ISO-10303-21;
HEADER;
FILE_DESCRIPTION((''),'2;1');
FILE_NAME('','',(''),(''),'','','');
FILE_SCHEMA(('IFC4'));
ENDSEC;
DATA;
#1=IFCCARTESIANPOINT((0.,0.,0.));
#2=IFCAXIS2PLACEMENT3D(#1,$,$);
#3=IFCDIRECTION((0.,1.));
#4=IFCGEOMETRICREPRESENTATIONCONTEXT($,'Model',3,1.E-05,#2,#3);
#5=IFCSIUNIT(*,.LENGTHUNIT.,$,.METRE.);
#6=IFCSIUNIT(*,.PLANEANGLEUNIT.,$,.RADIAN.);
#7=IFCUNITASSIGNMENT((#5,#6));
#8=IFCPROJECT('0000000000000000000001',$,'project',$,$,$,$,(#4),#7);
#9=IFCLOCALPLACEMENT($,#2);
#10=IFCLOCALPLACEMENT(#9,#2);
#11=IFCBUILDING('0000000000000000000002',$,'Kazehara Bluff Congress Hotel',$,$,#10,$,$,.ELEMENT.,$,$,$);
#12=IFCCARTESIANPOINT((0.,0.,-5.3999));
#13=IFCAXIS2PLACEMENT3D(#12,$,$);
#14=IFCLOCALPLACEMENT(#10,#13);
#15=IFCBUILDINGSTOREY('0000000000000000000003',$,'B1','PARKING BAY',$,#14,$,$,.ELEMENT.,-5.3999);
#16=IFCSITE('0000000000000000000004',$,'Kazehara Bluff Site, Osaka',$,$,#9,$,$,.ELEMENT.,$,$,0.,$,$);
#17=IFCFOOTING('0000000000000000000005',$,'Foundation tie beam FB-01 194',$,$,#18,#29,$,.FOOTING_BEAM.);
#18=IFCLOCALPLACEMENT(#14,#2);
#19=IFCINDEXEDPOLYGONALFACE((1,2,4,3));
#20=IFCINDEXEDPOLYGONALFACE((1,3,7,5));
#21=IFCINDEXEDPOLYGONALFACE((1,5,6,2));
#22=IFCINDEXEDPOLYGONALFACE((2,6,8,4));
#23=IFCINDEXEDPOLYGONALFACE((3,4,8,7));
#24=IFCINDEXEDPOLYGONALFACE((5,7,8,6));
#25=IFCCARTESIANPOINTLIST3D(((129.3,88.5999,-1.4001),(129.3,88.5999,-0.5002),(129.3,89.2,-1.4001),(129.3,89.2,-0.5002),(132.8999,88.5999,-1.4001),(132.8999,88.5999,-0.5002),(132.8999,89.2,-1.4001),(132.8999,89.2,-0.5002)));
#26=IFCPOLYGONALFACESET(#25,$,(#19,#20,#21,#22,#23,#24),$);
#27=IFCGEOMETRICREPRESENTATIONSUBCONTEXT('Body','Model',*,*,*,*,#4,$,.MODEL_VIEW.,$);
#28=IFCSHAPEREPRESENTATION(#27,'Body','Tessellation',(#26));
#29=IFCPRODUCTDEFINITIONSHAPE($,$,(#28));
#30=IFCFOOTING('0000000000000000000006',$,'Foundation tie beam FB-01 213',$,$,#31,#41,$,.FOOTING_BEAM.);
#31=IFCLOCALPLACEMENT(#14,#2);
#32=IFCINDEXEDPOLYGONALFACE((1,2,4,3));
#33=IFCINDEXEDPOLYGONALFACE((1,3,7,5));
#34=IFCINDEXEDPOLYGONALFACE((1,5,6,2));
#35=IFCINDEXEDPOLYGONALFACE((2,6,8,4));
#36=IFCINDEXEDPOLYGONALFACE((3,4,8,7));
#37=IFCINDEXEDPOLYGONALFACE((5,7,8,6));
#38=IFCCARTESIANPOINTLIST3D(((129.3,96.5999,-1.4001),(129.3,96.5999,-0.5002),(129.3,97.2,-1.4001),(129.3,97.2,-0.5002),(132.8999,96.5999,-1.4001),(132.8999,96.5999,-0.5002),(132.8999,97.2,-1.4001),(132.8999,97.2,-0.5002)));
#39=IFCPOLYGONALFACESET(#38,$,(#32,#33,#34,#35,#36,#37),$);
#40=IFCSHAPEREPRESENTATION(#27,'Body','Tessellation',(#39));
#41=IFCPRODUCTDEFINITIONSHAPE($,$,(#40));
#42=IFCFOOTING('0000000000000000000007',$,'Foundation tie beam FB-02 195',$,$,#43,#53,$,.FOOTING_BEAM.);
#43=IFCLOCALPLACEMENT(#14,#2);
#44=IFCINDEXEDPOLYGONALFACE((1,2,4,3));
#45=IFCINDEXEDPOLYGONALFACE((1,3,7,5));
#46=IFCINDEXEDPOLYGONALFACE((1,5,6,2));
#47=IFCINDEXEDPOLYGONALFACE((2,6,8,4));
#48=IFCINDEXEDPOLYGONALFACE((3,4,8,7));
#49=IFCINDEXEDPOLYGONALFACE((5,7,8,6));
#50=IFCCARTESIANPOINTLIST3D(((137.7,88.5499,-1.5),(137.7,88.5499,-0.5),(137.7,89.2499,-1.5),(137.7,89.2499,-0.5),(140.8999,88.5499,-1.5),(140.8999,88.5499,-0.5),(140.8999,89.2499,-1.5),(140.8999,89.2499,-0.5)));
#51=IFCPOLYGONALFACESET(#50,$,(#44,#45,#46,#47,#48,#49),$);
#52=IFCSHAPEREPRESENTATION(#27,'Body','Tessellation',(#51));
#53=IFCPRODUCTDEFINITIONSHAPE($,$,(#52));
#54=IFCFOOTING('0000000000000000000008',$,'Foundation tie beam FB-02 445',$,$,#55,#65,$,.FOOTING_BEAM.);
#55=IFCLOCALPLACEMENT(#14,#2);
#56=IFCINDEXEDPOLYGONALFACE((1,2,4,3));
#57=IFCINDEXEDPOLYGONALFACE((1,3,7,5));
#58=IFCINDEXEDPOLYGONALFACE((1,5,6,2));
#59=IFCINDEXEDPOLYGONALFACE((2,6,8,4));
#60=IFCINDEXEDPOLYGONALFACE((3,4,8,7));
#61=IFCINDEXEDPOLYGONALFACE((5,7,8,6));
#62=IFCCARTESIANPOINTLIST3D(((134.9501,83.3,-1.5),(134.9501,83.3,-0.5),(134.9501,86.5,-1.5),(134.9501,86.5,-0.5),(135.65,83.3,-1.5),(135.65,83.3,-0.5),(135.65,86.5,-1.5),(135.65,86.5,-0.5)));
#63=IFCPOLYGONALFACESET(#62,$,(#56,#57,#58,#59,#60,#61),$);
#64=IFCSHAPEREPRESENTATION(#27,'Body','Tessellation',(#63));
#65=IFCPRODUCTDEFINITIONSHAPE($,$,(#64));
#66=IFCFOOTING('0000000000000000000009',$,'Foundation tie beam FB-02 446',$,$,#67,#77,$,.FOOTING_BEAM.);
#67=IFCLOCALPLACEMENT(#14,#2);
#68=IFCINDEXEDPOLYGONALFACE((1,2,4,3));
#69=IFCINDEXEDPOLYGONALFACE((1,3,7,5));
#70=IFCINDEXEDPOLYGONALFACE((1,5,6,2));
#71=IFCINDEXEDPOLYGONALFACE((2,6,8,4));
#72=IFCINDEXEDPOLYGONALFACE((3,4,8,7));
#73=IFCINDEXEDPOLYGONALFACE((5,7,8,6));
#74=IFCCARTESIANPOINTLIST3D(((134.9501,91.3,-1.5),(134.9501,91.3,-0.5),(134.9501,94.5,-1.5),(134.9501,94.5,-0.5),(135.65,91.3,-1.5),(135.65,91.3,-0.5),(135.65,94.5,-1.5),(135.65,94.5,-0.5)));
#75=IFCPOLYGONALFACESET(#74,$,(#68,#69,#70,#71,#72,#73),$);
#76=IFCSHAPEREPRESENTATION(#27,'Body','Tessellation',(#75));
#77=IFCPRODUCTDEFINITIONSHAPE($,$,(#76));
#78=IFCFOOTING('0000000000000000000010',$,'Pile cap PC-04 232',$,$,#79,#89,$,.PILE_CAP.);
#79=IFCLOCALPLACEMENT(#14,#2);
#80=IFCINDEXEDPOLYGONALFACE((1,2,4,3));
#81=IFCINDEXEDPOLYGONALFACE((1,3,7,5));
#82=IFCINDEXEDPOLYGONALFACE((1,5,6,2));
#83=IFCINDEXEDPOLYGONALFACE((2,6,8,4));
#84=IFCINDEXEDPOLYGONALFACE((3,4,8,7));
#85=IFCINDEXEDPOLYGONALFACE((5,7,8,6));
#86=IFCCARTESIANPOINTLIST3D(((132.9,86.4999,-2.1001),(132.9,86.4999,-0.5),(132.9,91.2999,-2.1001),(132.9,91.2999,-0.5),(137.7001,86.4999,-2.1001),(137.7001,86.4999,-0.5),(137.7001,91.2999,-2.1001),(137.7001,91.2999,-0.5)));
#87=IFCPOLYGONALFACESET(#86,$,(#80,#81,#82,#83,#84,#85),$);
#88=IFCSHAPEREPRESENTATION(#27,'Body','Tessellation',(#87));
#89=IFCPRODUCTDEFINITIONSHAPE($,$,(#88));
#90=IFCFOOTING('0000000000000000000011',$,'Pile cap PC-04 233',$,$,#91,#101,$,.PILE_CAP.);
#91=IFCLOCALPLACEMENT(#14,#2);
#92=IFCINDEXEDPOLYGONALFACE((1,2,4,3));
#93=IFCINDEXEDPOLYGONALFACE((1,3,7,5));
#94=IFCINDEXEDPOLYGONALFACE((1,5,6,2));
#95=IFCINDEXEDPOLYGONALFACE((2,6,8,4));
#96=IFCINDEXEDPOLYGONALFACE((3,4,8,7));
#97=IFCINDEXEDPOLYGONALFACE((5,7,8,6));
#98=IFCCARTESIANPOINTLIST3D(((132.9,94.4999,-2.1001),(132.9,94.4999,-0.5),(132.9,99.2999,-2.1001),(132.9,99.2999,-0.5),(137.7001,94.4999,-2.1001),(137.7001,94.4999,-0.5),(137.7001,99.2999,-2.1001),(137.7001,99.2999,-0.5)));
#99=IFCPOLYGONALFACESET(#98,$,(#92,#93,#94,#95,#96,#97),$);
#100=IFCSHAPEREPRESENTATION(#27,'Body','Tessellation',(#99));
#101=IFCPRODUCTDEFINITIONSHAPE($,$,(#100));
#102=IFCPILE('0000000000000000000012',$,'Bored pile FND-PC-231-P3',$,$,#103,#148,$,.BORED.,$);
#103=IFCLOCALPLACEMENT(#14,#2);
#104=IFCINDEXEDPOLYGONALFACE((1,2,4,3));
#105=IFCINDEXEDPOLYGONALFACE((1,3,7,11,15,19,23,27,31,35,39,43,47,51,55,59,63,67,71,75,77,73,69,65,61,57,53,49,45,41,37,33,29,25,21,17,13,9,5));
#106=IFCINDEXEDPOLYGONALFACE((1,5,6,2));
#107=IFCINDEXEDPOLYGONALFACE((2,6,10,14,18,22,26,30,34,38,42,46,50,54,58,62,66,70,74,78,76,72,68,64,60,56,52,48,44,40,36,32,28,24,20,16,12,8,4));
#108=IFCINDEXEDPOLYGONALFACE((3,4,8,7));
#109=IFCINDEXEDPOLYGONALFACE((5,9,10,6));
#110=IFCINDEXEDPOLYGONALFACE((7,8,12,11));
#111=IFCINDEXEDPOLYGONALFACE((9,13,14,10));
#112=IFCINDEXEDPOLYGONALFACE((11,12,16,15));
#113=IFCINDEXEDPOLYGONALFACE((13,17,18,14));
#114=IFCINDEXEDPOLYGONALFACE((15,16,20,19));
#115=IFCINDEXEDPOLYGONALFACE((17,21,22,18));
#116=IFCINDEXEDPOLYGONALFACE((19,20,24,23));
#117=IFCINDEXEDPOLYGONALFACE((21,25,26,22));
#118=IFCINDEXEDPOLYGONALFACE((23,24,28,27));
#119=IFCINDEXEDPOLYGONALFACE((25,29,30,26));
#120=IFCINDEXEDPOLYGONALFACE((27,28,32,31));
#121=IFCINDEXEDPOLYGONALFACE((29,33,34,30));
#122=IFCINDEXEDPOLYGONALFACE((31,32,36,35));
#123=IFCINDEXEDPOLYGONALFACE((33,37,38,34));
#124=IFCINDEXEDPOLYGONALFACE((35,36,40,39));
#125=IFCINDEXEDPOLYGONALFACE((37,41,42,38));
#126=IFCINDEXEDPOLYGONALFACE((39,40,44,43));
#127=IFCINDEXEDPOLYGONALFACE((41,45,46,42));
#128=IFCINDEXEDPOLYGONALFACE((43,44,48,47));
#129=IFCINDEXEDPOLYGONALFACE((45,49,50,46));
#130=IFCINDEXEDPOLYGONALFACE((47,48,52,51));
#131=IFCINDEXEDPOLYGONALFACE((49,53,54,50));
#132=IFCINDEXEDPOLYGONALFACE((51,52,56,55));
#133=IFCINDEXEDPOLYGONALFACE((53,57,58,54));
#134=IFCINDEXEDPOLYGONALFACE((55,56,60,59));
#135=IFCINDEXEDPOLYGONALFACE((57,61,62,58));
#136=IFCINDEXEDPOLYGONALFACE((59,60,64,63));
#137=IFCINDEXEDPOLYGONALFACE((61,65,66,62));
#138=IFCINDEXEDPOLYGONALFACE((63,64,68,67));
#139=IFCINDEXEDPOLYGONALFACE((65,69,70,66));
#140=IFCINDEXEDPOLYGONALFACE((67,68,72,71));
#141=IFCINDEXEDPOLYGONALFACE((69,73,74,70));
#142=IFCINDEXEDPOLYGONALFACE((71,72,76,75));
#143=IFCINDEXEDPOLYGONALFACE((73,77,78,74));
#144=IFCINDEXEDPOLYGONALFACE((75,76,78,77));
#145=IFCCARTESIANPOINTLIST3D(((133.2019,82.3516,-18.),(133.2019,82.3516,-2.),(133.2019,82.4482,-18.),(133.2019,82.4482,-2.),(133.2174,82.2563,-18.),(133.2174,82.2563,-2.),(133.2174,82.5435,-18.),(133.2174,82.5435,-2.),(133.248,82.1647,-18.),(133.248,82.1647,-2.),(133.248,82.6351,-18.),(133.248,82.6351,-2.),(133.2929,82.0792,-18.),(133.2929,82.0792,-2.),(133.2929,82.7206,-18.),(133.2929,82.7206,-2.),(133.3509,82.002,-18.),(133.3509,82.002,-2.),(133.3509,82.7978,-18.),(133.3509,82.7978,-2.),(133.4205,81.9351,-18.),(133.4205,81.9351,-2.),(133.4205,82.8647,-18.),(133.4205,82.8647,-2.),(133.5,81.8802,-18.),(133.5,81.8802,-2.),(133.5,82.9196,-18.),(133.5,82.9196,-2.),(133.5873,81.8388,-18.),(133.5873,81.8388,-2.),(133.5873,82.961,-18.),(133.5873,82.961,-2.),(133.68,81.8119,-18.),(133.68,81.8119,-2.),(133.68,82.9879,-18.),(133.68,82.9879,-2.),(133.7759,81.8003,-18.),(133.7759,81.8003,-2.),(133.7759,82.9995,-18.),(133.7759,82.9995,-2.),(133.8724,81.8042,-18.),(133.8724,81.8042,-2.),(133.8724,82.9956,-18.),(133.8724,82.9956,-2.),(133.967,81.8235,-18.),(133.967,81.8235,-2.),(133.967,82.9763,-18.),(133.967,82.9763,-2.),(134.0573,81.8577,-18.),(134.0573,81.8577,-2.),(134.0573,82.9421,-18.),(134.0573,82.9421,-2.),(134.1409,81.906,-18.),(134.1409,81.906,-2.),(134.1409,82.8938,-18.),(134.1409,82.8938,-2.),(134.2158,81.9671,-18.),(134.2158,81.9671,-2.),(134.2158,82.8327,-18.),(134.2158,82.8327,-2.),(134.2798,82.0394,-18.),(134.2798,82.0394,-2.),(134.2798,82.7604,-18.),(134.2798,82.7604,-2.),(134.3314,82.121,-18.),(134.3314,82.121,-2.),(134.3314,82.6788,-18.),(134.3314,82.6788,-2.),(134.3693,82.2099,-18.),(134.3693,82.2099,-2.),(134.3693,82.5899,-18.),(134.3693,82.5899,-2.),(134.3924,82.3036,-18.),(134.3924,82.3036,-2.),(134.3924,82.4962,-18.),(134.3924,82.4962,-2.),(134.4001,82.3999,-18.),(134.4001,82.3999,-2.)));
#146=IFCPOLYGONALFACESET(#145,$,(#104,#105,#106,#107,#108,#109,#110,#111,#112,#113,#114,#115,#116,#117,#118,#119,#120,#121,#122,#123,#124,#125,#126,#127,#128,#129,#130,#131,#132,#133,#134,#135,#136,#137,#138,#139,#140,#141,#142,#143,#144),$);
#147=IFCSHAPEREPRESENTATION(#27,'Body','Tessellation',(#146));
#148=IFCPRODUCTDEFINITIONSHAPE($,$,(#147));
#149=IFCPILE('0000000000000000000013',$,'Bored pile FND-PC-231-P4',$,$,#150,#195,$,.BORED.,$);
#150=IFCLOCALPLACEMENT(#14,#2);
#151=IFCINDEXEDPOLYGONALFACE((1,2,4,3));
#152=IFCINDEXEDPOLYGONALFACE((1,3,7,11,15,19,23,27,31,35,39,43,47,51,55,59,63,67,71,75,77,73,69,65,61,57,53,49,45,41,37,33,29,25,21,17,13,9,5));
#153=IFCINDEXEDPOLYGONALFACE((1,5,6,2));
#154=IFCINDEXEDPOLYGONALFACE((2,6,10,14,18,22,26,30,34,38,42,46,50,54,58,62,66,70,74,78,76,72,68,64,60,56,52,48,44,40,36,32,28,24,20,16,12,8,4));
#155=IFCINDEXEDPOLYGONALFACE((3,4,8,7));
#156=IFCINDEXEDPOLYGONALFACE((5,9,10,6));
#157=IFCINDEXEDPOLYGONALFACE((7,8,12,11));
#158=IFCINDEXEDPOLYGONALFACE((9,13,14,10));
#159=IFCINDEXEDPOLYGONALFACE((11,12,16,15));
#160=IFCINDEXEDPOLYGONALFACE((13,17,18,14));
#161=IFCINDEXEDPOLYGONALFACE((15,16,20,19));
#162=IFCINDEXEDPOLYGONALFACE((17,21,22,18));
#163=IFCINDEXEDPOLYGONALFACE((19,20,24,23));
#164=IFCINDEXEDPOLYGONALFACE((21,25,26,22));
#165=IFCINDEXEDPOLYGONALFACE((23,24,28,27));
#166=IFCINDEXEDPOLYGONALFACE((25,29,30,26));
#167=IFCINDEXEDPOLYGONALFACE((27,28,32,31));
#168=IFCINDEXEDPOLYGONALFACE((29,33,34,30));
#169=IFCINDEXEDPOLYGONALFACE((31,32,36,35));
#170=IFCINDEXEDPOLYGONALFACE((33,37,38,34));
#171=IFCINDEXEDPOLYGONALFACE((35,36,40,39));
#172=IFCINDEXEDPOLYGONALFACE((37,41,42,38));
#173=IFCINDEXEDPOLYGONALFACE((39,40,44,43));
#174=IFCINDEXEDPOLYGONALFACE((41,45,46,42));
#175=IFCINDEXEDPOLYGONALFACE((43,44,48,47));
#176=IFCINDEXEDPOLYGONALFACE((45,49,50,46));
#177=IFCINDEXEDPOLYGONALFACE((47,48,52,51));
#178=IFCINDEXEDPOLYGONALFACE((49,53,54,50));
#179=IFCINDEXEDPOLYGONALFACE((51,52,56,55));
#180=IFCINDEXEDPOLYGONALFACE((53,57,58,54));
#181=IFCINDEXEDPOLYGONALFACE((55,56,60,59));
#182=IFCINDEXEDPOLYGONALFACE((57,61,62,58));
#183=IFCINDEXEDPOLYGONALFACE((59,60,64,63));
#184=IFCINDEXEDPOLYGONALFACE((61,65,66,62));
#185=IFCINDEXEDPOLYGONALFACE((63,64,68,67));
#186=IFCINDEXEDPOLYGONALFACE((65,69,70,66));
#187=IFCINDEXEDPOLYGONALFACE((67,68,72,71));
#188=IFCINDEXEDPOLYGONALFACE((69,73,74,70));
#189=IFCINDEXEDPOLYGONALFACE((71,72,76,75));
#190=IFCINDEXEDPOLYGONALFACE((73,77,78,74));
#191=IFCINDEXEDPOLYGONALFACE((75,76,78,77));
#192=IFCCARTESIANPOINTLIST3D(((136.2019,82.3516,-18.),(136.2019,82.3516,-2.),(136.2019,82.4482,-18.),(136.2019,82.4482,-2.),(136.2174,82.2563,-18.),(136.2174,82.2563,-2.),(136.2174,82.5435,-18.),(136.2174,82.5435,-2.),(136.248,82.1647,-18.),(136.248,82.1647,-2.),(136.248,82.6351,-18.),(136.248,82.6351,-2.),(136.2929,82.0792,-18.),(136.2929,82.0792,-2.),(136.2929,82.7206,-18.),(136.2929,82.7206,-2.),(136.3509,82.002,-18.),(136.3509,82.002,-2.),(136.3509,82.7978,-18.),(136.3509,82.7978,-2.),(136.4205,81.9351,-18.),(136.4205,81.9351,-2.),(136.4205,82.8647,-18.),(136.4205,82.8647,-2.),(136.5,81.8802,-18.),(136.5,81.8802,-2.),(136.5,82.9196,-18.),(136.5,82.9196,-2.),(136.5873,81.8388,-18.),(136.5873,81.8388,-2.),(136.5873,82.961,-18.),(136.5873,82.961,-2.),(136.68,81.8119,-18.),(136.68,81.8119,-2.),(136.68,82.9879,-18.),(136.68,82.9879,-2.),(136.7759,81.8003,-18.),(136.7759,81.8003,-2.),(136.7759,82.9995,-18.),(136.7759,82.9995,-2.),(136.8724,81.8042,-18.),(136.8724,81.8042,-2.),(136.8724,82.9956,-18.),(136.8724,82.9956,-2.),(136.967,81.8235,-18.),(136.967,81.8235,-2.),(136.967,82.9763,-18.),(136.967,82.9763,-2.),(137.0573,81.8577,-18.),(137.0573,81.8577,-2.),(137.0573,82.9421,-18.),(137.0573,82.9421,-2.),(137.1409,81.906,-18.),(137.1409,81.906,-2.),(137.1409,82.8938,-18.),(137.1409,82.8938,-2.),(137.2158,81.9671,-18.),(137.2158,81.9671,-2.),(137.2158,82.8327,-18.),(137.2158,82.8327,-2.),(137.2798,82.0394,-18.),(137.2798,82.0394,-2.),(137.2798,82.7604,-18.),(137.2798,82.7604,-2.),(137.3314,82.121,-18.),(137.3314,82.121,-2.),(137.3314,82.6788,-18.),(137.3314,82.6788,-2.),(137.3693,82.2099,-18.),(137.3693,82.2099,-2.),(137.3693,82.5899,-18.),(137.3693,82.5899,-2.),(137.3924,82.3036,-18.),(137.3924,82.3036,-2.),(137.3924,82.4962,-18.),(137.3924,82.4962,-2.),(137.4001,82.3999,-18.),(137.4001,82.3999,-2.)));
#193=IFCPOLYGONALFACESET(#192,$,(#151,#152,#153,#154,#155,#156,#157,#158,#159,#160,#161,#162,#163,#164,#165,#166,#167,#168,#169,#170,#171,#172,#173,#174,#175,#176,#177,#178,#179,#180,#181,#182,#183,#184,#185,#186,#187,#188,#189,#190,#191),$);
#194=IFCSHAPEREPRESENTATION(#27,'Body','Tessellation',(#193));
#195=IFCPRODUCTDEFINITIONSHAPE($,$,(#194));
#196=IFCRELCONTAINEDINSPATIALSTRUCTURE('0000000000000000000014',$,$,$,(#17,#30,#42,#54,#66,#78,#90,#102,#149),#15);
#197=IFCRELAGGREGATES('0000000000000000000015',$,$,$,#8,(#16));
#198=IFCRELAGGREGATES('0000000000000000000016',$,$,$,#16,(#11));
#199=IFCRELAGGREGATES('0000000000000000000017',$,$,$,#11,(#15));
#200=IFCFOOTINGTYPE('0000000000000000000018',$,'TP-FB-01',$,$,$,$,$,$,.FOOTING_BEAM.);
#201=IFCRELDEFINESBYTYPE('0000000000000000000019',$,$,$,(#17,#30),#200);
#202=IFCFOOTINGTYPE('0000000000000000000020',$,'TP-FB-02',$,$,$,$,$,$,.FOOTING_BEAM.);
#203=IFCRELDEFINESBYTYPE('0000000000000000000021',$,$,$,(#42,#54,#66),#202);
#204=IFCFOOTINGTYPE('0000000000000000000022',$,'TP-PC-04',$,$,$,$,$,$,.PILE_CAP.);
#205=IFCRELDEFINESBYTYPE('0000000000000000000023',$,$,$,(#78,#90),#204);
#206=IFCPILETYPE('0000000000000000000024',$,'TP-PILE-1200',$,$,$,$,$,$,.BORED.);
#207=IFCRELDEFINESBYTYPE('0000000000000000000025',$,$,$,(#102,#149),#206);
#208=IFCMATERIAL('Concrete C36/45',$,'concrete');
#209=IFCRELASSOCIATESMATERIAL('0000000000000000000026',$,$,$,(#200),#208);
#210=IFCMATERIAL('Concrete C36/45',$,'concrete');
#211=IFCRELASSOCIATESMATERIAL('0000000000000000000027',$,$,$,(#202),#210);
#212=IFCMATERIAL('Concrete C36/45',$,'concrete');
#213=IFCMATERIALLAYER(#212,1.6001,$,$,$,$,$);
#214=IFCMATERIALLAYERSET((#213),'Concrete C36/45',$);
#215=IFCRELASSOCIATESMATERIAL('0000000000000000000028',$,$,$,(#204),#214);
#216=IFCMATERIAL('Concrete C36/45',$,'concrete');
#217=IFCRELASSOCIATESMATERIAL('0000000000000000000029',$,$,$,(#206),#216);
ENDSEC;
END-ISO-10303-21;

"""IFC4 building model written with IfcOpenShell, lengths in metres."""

from ifc_helpers import new_model, si_unit, direction, frame, origin, origin_2d, place, context, subcontext, project, spatial, rectangle, circle, extrude, material, layer, layer_set, material_profile, profile_set, type_object, element, save


model = new_model("IFC4")

# Units and contexts
model_context = context("Model", 3, precision=1e-05, world=origin(), true_north=direction((0.0, 1.0)))
body_context = subcontext(model_context, "Body", "Model", "MODEL_VIEW")
ifc_project = project(units=[si_unit("LENGTHUNIT", "METRE"), si_unit("PLANEANGLEUNIT", "RADIAN")], contexts=[model_context])

# Site, building, storey
site_placement = place(None, origin())
site = spatial("IfcSite", under=ifc_project, at=site_placement, Name="Kazehara Bluff Site, Osaka", CompositionType="ELEMENT", RefElevation=0.0)
building_placement = place(site_placement, origin())
building = spatial("IfcBuilding", under=site, at=building_placement, Name="Kazehara Bluff Congress Hotel", CompositionType="ELEMENT")
storey_placement = place(building_placement, frame((0.0, 0.0, -5.3999)))
storey = spatial("IfcBuildingStorey", under=building, at=storey_placement, Name="B1", Description="PARKING BAY", CompositionType="ELEMENT", Elevation=-5.3999)

# Footings
ifc_material_1 = material(Name="Concrete C36/45", Category="concrete")
ifc_material_profile_1 = material_profile(ifc_material_1, rectangle(XDim=0.6001, YDim=0.8999, at=origin_2d()))
ifc_profile_set_1 = profile_set([ifc_material_profile_1], Name="Concrete C36/45")
footing_type_1 = type_object("IfcFootingType", Name="TP-FB-01", PredefinedType="FOOTING_BEAM", material=ifc_profile_set_1)
for number, where, z_axis, x_axis, name in (
    (1, (129.3, 88.8999, -0.9502), (1.0, 0.0, 0.0), (0.0, 1.0, 0.0), "Foundation tie beam FB-01 194"),
    (2, (129.3, 96.8999, -0.9502), (1.0, 0.0, 0.0), (0.0, 1.0, 0.0), "Foundation tie beam FB-01 213"),
):
    element("IfcFooting", number, at=place(storey_placement, frame(where, z_axis=z_axis, x_axis=x_axis)), inside=storey, type_object=footing_type_1, Name=name, PredefinedType="FOOTING_BEAM", context=body_context, shape_type="SweptSolid", body=[
        extrude(rectangle(XDim=0.6001, YDim=0.8999, at=origin_2d()), origin(), (0.0, 0.0, 1.0), 3.5999),
    ])
ifc_material_2 = material(Name="Concrete C36/45", Category="concrete")
ifc_material_profile_2 = material_profile(ifc_material_2, rectangle(XDim=0.7, YDim=1.0, at=origin_2d()))
ifc_profile_set_2 = profile_set([ifc_material_profile_2], Name="Concrete C36/45")
footing_type_2 = type_object("IfcFootingType", Name="TP-FB-02", PredefinedType="FOOTING_BEAM", material=ifc_profile_set_2)
for number, where, z_axis, x_axis, name in (
    (3, (137.7, 88.8999, -1.0), (1.0, 0.0, 0.0), (0.0, 1.0, 0.0), "Foundation tie beam FB-02 195"),
    (4, (135.3, 83.3, -1.0), (0.0, 1.0, 0.0), (-1.0, 0.0, 0.0), "Foundation tie beam FB-02 445"),
    (5, (135.3, 91.3, -1.0), (0.0, 1.0, 0.0), (-1.0, 0.0, 0.0), "Foundation tie beam FB-02 446"),
):
    element("IfcFooting", number, at=place(storey_placement, frame(where, z_axis=z_axis, x_axis=x_axis)), inside=storey, type_object=footing_type_2, Name=name, PredefinedType="FOOTING_BEAM", context=body_context, shape_type="SweptSolid", body=[
        extrude(rectangle(XDim=0.7, YDim=1.0, at=origin_2d()), origin(), (0.0, 0.0, 1.0), 3.2),
    ])
ifc_material_3 = material(Name="Concrete C36/45", Category="concrete")
ifc_layer = layer(ifc_material_3, 1.6001)
ifc_layer_set = layer_set([ifc_layer], Name="Concrete C36/45")
footing_type_3 = type_object("IfcFootingType", Name="TP-PC-04", PredefinedType="PILE_CAP", material=ifc_layer_set)
for number, where, z_axis, x_axis, name in (
    (6, (135.3, 88.8999, -2.1001), (0.0, 0.0, 1.0), (1.0, 0.0, 0.0), "Pile cap PC-04 232"),
    (7, (135.3, 96.8999, -2.1001), (0.0, 0.0, 1.0), (1.0, 0.0, 0.0), "Pile cap PC-04 233"),
):
    element("IfcFooting", number, at=place(storey_placement, frame(where, z_axis=z_axis, x_axis=x_axis)), inside=storey, type_object=footing_type_3, Name=name, PredefinedType="PILE_CAP", context=body_context, shape_type="SweptSolid", body=[
        extrude(rectangle(XDim=4.8, YDim=4.8, at=origin_2d()), origin(), (0.0, 0.0, 1.0), 1.6001),
    ])

# Piles
ifc_material_4 = material(Name="Concrete C36/45", Category="concrete")
ifc_material_profile_3 = material_profile(ifc_material_4, circle(Radius=0.6001, at=origin_2d()))
ifc_profile_set_3 = profile_set([ifc_material_profile_3], Name="Concrete C36/45")
pile_type_1 = type_object("IfcPileType", Name="TP-PILE-1200", PredefinedType="BORED", material=ifc_profile_set_3)
for number, where, z_axis, x_axis, name in (
    (8, (133.8, 82.3999, -2.0), (0.0, 0.0, -1.0), (1.0, 0.0, 0.0), "Bored pile FND-PC-231-P3"),
    (9, (136.8, 82.3999, -2.0), (0.0, 0.0, -1.0), (1.0, 0.0, 0.0), "Bored pile FND-PC-231-P4"),
):
    element("IfcPile", number, at=place(storey_placement, frame(where, z_axis=z_axis, x_axis=x_axis)), inside=storey, type_object=pile_type_1, Name=name, PredefinedType="BORED", context=body_context, shape_type="SweptSolid", body=[
        extrude(circle(Radius=0.6001, at=origin_2d()), origin(), (0.0, 0.0, 1.0), 16.0),
    ])

save(model, "model.ifc")
